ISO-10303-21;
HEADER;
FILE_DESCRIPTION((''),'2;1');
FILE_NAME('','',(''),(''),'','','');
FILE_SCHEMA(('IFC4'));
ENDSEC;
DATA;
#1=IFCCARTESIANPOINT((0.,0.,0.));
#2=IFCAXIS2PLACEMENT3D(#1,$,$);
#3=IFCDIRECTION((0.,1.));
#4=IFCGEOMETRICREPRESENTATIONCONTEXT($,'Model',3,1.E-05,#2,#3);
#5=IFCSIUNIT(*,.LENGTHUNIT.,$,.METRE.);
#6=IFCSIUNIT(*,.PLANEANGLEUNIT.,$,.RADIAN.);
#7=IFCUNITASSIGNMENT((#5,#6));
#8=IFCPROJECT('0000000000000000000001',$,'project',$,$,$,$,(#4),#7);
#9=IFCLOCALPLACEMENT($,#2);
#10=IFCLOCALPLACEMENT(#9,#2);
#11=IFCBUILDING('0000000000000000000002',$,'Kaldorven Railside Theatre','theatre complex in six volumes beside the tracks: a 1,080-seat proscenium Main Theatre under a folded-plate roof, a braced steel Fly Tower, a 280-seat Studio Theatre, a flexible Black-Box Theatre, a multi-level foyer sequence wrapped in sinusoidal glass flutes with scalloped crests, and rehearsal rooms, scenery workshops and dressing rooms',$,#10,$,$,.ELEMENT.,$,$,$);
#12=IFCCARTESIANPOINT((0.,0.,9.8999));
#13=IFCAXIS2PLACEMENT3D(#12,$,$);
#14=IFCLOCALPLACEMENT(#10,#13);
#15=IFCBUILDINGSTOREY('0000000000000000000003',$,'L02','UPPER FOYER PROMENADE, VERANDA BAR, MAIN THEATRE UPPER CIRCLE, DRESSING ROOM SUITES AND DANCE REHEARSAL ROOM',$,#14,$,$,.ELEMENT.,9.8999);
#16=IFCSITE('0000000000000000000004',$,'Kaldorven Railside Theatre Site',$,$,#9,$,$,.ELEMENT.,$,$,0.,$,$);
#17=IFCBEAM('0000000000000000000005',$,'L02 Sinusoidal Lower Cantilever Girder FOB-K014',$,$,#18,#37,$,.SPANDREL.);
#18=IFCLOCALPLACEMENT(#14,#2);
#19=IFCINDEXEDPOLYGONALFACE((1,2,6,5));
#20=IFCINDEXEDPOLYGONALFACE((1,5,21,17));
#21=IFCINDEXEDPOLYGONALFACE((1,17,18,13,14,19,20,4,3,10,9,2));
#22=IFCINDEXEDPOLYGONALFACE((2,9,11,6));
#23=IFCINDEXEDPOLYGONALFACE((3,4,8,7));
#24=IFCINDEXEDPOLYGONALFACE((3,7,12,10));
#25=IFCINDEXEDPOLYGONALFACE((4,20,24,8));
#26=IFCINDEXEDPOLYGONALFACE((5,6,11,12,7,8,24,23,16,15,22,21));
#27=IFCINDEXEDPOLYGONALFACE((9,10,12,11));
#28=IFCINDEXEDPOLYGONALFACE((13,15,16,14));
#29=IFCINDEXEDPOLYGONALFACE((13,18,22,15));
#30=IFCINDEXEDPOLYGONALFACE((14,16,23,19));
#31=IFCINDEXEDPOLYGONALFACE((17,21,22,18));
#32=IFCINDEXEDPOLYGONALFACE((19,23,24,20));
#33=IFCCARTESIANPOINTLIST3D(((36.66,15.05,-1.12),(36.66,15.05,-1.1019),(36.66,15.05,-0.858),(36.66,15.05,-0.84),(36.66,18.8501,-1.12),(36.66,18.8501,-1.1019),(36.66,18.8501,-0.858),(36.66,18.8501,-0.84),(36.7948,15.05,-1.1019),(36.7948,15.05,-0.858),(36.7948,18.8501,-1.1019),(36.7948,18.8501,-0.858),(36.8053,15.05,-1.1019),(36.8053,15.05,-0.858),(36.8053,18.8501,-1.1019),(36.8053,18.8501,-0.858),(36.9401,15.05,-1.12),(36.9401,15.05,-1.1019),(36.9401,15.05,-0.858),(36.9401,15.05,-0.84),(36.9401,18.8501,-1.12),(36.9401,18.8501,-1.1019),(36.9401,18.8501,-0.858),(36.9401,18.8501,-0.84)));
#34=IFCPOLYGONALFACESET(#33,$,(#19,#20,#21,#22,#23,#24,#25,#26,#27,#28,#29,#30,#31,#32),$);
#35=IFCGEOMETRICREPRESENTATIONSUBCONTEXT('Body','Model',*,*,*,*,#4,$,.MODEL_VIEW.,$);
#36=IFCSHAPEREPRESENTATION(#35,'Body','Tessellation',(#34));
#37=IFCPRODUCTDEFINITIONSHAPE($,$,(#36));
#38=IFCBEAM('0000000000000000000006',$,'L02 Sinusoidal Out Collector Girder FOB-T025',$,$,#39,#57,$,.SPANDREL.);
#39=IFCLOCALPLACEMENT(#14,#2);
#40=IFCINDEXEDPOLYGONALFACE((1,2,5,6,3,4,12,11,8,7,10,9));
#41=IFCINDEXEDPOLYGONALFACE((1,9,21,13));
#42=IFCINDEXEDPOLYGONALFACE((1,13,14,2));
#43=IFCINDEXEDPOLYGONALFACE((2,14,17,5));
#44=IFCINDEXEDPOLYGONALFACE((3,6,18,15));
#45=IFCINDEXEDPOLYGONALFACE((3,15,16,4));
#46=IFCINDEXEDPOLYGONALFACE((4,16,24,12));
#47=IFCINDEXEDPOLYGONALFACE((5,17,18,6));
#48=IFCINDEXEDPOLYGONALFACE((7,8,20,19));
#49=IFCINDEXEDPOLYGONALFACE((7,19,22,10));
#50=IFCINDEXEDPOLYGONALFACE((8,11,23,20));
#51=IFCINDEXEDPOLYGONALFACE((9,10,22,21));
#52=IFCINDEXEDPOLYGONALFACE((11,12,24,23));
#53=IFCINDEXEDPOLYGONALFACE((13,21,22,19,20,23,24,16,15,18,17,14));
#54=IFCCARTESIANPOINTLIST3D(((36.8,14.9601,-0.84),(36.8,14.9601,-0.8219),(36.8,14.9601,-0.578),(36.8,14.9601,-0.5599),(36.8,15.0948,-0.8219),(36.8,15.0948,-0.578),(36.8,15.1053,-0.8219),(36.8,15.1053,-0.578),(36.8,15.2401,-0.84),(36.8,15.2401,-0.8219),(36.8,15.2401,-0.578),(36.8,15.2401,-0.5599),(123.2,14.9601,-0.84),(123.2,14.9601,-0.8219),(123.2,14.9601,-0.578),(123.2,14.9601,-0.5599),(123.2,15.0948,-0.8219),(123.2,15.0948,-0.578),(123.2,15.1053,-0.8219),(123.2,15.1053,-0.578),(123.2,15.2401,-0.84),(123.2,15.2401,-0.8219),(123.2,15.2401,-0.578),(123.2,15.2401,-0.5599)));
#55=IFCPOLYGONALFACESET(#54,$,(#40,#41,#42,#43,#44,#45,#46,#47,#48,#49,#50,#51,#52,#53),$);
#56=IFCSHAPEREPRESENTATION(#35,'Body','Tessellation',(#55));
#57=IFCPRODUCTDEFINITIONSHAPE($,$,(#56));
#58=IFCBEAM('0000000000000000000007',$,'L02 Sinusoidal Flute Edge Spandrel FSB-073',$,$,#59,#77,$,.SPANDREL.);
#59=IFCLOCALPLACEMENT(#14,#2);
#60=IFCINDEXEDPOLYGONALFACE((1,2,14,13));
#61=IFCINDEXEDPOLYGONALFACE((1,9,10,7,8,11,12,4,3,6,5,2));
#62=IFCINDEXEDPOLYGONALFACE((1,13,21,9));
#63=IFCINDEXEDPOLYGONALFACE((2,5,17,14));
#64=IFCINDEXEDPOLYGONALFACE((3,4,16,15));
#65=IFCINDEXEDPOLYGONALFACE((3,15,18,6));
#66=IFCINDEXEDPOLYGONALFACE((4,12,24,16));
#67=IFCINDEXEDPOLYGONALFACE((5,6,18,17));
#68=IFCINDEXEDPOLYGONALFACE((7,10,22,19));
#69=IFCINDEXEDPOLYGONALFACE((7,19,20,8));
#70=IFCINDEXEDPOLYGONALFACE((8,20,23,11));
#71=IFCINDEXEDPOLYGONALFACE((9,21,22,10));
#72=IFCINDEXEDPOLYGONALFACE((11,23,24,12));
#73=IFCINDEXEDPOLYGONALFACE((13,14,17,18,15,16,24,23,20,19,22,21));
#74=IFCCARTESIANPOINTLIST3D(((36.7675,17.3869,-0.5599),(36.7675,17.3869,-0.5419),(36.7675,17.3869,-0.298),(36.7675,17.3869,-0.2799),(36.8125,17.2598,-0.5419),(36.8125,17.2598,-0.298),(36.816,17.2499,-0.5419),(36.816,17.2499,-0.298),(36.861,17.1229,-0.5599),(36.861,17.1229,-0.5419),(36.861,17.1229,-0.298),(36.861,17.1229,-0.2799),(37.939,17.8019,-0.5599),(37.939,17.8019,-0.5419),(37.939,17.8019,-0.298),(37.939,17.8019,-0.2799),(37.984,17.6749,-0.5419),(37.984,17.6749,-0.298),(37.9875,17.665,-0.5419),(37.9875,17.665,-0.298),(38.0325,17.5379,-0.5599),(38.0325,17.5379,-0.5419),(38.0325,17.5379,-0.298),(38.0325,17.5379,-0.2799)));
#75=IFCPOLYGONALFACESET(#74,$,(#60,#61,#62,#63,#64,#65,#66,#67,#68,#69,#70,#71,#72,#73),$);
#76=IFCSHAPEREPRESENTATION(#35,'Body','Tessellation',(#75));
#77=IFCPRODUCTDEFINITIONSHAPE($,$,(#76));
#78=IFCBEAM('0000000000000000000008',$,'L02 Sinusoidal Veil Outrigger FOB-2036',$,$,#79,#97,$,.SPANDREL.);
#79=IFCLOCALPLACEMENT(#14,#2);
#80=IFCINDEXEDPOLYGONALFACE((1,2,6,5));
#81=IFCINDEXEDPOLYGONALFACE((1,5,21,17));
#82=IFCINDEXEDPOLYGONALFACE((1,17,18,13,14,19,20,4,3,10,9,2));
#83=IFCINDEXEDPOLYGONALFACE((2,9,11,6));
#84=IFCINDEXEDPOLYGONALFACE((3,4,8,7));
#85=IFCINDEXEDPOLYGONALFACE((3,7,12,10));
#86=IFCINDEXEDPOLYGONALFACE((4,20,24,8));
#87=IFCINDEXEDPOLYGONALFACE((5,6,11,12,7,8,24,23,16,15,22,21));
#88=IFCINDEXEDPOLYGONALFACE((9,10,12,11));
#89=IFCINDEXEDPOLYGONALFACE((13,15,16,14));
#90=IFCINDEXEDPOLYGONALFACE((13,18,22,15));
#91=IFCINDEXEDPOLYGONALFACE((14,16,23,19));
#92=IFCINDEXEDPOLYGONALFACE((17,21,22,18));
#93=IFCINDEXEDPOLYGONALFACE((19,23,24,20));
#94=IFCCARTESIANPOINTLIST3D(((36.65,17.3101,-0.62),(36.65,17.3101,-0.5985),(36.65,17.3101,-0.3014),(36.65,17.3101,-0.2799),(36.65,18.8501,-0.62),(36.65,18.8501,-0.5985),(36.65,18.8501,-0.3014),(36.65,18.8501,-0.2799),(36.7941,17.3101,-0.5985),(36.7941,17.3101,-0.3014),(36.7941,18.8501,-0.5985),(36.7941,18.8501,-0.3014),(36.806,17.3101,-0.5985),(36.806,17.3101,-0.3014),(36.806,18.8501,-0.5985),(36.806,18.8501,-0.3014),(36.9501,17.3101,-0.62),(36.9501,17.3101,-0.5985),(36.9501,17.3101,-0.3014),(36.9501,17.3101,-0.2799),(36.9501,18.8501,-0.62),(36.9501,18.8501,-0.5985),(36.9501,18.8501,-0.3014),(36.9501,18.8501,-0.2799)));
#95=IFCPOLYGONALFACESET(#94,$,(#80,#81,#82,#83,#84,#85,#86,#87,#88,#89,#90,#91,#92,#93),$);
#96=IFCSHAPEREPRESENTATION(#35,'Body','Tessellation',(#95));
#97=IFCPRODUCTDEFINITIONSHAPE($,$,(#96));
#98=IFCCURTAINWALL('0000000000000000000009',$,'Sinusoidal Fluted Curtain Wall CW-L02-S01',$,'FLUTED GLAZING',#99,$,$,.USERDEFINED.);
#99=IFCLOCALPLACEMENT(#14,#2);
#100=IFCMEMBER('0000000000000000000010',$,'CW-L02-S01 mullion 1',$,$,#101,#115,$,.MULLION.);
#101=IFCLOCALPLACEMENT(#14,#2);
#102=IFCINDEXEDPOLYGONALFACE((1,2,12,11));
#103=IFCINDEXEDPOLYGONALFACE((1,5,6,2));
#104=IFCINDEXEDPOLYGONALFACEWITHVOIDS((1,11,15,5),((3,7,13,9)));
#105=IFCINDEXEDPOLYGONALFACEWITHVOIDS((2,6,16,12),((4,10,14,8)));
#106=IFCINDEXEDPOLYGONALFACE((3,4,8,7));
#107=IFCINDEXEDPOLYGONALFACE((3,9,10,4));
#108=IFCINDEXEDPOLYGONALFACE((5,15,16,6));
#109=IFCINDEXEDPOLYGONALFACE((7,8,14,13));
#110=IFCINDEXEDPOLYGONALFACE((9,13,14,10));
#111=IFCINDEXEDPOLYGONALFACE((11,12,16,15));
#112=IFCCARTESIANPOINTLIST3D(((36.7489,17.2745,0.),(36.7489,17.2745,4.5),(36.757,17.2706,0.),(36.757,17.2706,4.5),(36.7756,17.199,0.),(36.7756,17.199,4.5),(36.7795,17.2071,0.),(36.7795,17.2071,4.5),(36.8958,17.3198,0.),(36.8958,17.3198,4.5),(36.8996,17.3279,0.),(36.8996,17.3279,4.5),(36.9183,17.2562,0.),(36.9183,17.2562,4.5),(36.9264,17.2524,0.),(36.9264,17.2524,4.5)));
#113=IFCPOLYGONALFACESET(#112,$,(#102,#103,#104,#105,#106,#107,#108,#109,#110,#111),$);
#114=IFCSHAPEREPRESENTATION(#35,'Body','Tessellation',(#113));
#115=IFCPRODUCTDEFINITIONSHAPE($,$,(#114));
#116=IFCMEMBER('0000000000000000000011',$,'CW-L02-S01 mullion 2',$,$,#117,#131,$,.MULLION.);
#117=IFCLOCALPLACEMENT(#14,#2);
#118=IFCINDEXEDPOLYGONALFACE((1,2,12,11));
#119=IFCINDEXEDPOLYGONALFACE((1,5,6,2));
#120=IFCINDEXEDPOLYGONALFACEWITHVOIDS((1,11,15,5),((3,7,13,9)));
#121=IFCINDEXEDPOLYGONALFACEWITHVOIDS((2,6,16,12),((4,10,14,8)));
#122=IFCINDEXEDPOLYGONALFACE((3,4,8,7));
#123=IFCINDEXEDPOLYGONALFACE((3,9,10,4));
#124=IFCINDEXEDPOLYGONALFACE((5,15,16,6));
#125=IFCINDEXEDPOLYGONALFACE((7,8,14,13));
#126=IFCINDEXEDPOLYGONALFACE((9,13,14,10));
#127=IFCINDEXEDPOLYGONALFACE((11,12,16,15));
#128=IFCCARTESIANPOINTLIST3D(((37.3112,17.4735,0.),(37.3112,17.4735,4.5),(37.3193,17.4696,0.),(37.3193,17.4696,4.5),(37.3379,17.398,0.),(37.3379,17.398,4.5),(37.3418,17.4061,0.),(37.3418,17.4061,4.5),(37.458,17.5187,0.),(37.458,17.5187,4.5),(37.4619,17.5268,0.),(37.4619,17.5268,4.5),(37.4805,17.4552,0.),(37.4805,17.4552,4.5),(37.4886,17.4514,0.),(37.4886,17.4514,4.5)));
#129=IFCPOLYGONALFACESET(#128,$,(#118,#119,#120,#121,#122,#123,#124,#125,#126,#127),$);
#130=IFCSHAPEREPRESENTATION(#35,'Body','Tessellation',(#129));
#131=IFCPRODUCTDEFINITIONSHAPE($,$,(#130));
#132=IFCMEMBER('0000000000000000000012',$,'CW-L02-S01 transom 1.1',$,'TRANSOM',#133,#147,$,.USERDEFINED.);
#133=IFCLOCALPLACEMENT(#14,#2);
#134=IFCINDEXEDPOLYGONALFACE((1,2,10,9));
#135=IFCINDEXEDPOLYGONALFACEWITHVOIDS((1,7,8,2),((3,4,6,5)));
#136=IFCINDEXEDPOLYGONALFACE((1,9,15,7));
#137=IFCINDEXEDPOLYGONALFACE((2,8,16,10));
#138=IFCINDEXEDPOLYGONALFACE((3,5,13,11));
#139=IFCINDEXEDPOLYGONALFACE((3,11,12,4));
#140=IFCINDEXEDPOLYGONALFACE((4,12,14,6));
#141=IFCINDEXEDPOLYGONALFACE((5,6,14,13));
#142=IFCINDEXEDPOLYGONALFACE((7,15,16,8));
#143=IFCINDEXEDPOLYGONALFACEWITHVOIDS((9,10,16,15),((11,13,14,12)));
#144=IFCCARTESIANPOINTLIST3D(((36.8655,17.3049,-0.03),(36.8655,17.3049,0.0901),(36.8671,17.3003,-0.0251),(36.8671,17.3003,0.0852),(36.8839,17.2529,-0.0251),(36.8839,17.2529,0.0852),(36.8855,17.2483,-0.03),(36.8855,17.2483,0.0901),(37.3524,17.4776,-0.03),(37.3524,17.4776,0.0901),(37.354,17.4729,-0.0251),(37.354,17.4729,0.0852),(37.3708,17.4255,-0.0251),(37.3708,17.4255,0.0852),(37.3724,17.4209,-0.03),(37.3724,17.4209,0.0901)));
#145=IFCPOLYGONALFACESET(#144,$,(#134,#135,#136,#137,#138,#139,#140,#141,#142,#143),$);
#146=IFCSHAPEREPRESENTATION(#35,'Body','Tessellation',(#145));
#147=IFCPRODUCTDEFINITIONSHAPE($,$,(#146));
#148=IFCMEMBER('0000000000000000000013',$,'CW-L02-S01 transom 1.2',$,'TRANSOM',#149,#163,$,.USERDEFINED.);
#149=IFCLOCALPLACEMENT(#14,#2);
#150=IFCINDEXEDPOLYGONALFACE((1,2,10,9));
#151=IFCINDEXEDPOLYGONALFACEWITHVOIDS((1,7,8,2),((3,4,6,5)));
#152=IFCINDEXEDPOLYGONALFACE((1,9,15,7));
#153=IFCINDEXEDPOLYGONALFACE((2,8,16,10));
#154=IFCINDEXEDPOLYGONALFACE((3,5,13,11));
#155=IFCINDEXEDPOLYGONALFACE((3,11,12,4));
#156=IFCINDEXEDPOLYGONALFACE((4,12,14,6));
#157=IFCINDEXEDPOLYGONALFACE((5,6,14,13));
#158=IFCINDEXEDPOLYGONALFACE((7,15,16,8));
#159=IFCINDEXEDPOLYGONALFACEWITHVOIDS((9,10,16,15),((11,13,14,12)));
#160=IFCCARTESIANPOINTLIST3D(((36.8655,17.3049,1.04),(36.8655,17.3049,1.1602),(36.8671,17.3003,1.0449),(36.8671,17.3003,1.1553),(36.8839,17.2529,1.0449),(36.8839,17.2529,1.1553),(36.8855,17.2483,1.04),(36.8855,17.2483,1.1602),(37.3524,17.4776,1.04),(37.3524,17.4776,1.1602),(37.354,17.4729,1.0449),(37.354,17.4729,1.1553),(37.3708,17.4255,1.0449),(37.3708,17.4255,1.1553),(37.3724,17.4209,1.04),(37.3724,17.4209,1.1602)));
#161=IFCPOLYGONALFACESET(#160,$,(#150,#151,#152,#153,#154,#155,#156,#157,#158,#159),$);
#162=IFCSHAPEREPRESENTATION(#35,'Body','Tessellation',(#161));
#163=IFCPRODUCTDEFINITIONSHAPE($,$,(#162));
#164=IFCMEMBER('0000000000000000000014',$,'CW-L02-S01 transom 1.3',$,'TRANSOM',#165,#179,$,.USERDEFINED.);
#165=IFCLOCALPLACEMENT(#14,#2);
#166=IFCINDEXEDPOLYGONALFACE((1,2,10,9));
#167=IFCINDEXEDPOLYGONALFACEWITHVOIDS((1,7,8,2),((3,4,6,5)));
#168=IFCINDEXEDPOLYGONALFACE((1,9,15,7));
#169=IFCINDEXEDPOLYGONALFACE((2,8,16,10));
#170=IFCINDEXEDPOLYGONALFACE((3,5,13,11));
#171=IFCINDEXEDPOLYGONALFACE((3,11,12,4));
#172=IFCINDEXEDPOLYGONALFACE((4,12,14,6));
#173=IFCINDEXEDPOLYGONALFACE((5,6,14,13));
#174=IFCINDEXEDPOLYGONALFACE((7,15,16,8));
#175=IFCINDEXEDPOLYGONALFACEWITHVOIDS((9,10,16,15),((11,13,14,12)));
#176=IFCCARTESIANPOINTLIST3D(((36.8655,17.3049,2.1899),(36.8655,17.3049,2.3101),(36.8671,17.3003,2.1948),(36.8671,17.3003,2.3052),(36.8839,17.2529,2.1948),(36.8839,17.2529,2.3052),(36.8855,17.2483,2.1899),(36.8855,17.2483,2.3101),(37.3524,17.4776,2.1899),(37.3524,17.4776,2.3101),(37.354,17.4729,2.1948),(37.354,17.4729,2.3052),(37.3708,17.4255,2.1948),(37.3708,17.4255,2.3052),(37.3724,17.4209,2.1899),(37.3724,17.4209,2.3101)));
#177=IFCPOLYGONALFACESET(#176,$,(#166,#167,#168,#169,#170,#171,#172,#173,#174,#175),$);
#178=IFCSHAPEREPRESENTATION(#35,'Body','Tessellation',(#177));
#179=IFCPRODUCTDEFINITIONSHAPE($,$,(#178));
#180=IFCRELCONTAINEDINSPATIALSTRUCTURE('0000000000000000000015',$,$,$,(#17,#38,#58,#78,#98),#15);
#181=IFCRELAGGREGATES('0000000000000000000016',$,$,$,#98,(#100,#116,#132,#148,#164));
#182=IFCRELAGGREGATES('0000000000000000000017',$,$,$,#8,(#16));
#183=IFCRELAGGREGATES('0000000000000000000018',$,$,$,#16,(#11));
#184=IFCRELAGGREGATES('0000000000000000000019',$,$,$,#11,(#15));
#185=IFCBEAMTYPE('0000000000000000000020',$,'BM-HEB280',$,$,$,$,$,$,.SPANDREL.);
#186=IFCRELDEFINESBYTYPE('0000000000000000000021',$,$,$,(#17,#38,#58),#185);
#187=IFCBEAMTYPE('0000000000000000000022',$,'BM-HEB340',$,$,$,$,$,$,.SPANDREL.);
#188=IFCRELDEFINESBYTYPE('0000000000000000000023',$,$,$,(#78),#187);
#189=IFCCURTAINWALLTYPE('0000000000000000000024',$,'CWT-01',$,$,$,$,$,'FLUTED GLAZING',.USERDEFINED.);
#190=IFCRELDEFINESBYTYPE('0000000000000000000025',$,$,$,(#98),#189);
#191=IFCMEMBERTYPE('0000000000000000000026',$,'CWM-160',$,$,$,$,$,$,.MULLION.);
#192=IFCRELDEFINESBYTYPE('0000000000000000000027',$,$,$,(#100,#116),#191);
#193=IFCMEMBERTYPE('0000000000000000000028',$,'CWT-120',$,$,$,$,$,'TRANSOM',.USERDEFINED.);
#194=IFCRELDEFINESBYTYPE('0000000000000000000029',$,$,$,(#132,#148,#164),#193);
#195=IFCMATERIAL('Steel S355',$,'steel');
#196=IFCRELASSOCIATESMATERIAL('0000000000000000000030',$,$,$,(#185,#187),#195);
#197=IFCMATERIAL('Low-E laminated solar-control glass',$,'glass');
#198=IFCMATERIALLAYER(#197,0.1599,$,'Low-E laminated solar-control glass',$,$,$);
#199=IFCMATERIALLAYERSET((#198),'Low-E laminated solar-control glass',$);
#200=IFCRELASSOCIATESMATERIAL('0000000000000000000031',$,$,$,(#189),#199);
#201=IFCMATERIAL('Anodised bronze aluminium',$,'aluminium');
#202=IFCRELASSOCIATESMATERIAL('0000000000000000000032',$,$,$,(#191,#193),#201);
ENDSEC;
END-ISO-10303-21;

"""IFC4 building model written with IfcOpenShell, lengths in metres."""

from ifc_helpers import new_model, si_unit, direction, frame, origin, origin_2d, place, context, subcontext, project, spatial, hollow_rectangle, i_section, extrude, material, layer, layer_set, material_profile, profile_set, type_object, element, aggregate, save


model = new_model("IFC4")

# Units and contexts
model_context = context("Model", 3, precision=1e-05, world=origin(), true_north=direction((0.0, 1.0)))
body_context = subcontext(model_context, "Body", "Model", "MODEL_VIEW")
ifc_project = project(units=[si_unit("LENGTHUNIT", "METRE"), si_unit("PLANEANGLEUNIT", "RADIAN")], contexts=[model_context])

# Site, building, storey
site_placement = place(None, origin())
site = spatial("IfcSite", under=ifc_project, at=site_placement, Name="Kaldorven Railside Theatre Site", CompositionType="ELEMENT", RefElevation=0.0)
building_placement = place(site_placement, origin())
building = spatial("IfcBuilding", under=site, at=building_placement, Name="Kaldorven Railside Theatre", Description="theatre complex in six volumes beside the tracks: a 1,080-seat proscenium Main Theatre under a folded-plate roof, a braced steel Fly Tower, a 280-seat Studio Theatre, a flexible Black-Box Theatre, a multi-level foyer sequence wrapped in sinusoidal glass flutes with scalloped crests, and rehearsal rooms, scenery workshops and dressing rooms", CompositionType="ELEMENT")
storey_placement = place(building_placement, frame((0.0, 0.0, 9.8999)))
storey = spatial("IfcBuildingStorey", under=building, at=storey_placement, Name="L02", Description="UPPER FOYER PROMENADE, VERANDA BAR, MAIN THEATRE UPPER CIRCLE, DRESSING ROOM SUITES AND DANCE REHEARSAL ROOM", CompositionType="ELEMENT", Elevation=9.8999)

# Beams
ifc_material_1 = material(Name="Steel S355", Category="steel")
ifc_material_profile_1 = material_profile(ifc_material_1, i_section(OverallWidth=0.28, OverallDepth=0.28, WebThickness=0.0105, FlangeThickness=0.0181, at=origin_2d()), Name="HEB 280")
ifc_profile_set_1 = profile_set([ifc_material_profile_1], Name="Steel S355")
beam_type_1 = type_object("IfcBeamType", Name="BM-HEB280", PredefinedType="SPANDREL", material=ifc_profile_set_1)
beam_1_placement = place(storey_placement, frame((36.8, 15.05, -0.98), z_axis=(0.0, 1.0, 0.0), x_axis=(-1.0, 0.0, 0.0)))
element("IfcBeam", 1, at=beam_1_placement, inside=storey, type_object=beam_type_1, Name="L02 Sinusoidal Lower Cantilever Girder FOB-K014", PredefinedType="SPANDREL", context=body_context, shape_type="SweptSolid", body=[
    extrude(i_section(OverallWidth=0.28, OverallDepth=0.28, WebThickness=0.0105, FlangeThickness=0.0181, at=origin_2d()), origin(), (0.0, 0.0, 1.0), 3.8),
])
beam_2_placement = place(storey_placement, frame((36.8, 15.1001, -0.7), z_axis=(1.0, 0.0, 0.0), x_axis=(0.0, 1.0, 0.0)))
element("IfcBeam", 2, at=beam_2_placement, inside=storey, type_object=beam_type_1, Name="L02 Sinusoidal Out Collector Girder FOB-T025", PredefinedType="SPANDREL", context=body_context, shape_type="SweptSolid", body=[
    extrude(i_section(OverallWidth=0.28, OverallDepth=0.28, WebThickness=0.0105, FlangeThickness=0.0181, at=origin_2d()), origin(), (0.0, 0.0, 1.0), 86.3999),
])
beam_3_placement = place(storey_placement, frame((36.8142, 17.2549, -0.4199), z_axis=(0.942605, 0.333909, 0.0), x_axis=(-0.333909, 0.942605, 0.0)))
element("IfcBeam", 3, at=beam_3_placement, inside=storey, type_object=beam_type_1, Name="L02 Sinusoidal Flute Edge Spandrel FSB-073", PredefinedType="SPANDREL", context=body_context, shape_type="SweptSolid", body=[
    extrude(i_section(OverallWidth=0.28, OverallDepth=0.28, WebThickness=0.0105, FlangeThickness=0.0181, at=origin_2d()), origin(), (0.0, 0.0, 1.0), 1.2429),
])
ifc_material_profile_2 = material_profile(ifc_material_1, i_section(OverallWidth=0.3, OverallDepth=0.3401, WebThickness=0.012, FlangeThickness=0.0215, at=origin_2d()), Name="HEB 340")
ifc_profile_set_2 = profile_set([ifc_material_profile_2], Name="Steel S355")
beam_type_2 = type_object("IfcBeamType", Name="BM-HEB340", PredefinedType="SPANDREL", material=ifc_profile_set_2)
beam_4_placement = place(storey_placement, frame((36.8, 17.3101, -0.45), z_axis=(0.0, 1.0, 0.0), x_axis=(-1.0, 0.0, 0.0)))
element("IfcBeam", 4, at=beam_4_placement, inside=storey, type_object=beam_type_2, Name="L02 Sinusoidal Veil Outrigger FOB-2036", PredefinedType="SPANDREL", context=body_context, shape_type="SweptSolid", body=[
    extrude(i_section(OverallWidth=0.3, OverallDepth=0.3401, WebThickness=0.012, FlangeThickness=0.0215, at=origin_2d()), origin(), (0.0, 0.0, 1.0), 1.54),
])

# Curtain wall, members
ifc_material_2 = material(Name="Low-E laminated solar-control glass", Category="glass")
ifc_layer_1 = layer(ifc_material_2, 0.1599, Name="Low-E laminated solar-control glass")
ifc_layer_set_1 = layer_set([ifc_layer_1], Name="Low-E laminated solar-control glass")
curtain_wall_type = type_object("IfcCurtainWallType", Name="CWT-01", ElementType="FLUTED GLAZING", PredefinedType="USERDEFINED", material=ifc_layer_set_1)
curtain_wall_placement = place(storey_placement, origin())
curtain_wall = element("IfcCurtainWall", 5, at=curtain_wall_placement, inside=storey, type_object=curtain_wall_type, Name="Sinusoidal Fluted Curtain Wall CW-L02-S01", ObjectType="FLUTED GLAZING", PredefinedType="USERDEFINED")
ifc_material_3 = material(Name="Anodised bronze aluminium", Category="aluminium")
ifc_material_profile_3 = material_profile(ifc_material_3, hollow_rectangle(XDim=0.0801, YDim=0.1599, WallThickness=0.0063, at=origin_2d()), Name="RHS 160x80x6.3")
ifc_profile_set_3 = profile_set([ifc_material_profile_3], Name="Anodised bronze aluminium")
member_type_1 = type_object("IfcMemberType", Name="CWM-160", PredefinedType="MULLION", material=ifc_profile_set_3)
member_1_placement = place(storey_placement, frame((36.8376, 17.2634, 0.0), z_axis=(0.0, 0.0, 1.0), x_axis=(-0.333847, 0.942627, 0.0)))
member_1 = element("IfcMember", 6, at=member_1_placement, type_object=member_type_1, Name="CW-L02-S01 mullion 1", PredefinedType="MULLION", context=body_context, shape_type="SweptSolid", body=[
    extrude(hollow_rectangle(XDim=0.0801, YDim=0.1599, WallThickness=0.0063, at=origin_2d()), origin(), (0.0, 0.0, 1.0), 4.5),
])
member_2_placement = place(storey_placement, frame((37.3999, 17.4624, 0.0), z_axis=(0.0, 0.0, 1.0), x_axis=(-0.333847, 0.942627, 0.0)))
member_2 = element("IfcMember", 7, at=member_2_placement, type_object=member_type_1, Name="CW-L02-S01 mullion 2", PredefinedType="MULLION", context=body_context, shape_type="SweptSolid", body=[
    extrude(hollow_rectangle(XDim=0.0801, YDim=0.1599, WallThickness=0.0063, at=origin_2d()), origin(), (0.0, 0.0, 1.0), 4.5),
])
ifc_material_profile_4 = material_profile(ifc_material_3, hollow_rectangle(XDim=0.0601, YDim=0.1201, WallThickness=0.0049, at=origin_2d()), Name="RHS 120x60x5")
ifc_profile_set_4 = profile_set([ifc_material_profile_4], Name="Anodised bronze aluminium")
member_type_2 = type_object("IfcMemberType", Name="CWT-120", ElementType="TRANSOM", PredefinedType="USERDEFINED", material=ifc_profile_set_4)
member_3_placement = place(storey_placement, frame((36.8755, 17.2766, 0.03), z_axis=(0.942509, 0.33418, 0.0), x_axis=(-0.33418, 0.942509, 0.0)))
member_3 = element("IfcMember", 8, at=member_3_placement, type_object=member_type_2, Name="CW-L02-S01 transom 1.1", ObjectType="TRANSOM", PredefinedType="USERDEFINED", context=body_context, shape_type="SweptSolid", body=[
    extrude(hollow_rectangle(XDim=0.0601, YDim=0.1201, WallThickness=0.0049, at=origin_2d()), origin(), (0.0, 0.0, 1.0), 0.5166),
])
member_4_placement = place(storey_placement, frame((36.8755, 17.2766, 1.1001), z_axis=(0.942509, 0.33418, 0.0), x_axis=(-0.33418, 0.942509, 0.0)))
member_4 = element("IfcMember", 9, at=member_4_placement, type_object=member_type_2, Name="CW-L02-S01 transom 1.2", ObjectType="TRANSOM", PredefinedType="USERDEFINED", context=body_context, shape_type="SweptSolid", body=[
    extrude(hollow_rectangle(XDim=0.0601, YDim=0.1201, WallThickness=0.0049, at=origin_2d()), origin(), (0.0, 0.0, 1.0), 0.5166),
])
member_5_placement = place(storey_placement, frame((36.8755, 17.2766, 2.25), z_axis=(0.942509, 0.33418, 0.0), x_axis=(-0.33418, 0.942509, 0.0)))
member_5 = element("IfcMember", 10, at=member_5_placement, type_object=member_type_2, Name="CW-L02-S01 transom 1.3", ObjectType="TRANSOM", PredefinedType="USERDEFINED", context=body_context, shape_type="SweptSolid", body=[
    extrude(hollow_rectangle(XDim=0.0601, YDim=0.1201, WallThickness=0.0049, at=origin_2d()), origin(), (0.0, 0.0, 1.0), 0.5166),
])
aggregate(curtain_wall, [member_1, member_2, member_3, member_4, member_5])

save(model, "model.ifc")
